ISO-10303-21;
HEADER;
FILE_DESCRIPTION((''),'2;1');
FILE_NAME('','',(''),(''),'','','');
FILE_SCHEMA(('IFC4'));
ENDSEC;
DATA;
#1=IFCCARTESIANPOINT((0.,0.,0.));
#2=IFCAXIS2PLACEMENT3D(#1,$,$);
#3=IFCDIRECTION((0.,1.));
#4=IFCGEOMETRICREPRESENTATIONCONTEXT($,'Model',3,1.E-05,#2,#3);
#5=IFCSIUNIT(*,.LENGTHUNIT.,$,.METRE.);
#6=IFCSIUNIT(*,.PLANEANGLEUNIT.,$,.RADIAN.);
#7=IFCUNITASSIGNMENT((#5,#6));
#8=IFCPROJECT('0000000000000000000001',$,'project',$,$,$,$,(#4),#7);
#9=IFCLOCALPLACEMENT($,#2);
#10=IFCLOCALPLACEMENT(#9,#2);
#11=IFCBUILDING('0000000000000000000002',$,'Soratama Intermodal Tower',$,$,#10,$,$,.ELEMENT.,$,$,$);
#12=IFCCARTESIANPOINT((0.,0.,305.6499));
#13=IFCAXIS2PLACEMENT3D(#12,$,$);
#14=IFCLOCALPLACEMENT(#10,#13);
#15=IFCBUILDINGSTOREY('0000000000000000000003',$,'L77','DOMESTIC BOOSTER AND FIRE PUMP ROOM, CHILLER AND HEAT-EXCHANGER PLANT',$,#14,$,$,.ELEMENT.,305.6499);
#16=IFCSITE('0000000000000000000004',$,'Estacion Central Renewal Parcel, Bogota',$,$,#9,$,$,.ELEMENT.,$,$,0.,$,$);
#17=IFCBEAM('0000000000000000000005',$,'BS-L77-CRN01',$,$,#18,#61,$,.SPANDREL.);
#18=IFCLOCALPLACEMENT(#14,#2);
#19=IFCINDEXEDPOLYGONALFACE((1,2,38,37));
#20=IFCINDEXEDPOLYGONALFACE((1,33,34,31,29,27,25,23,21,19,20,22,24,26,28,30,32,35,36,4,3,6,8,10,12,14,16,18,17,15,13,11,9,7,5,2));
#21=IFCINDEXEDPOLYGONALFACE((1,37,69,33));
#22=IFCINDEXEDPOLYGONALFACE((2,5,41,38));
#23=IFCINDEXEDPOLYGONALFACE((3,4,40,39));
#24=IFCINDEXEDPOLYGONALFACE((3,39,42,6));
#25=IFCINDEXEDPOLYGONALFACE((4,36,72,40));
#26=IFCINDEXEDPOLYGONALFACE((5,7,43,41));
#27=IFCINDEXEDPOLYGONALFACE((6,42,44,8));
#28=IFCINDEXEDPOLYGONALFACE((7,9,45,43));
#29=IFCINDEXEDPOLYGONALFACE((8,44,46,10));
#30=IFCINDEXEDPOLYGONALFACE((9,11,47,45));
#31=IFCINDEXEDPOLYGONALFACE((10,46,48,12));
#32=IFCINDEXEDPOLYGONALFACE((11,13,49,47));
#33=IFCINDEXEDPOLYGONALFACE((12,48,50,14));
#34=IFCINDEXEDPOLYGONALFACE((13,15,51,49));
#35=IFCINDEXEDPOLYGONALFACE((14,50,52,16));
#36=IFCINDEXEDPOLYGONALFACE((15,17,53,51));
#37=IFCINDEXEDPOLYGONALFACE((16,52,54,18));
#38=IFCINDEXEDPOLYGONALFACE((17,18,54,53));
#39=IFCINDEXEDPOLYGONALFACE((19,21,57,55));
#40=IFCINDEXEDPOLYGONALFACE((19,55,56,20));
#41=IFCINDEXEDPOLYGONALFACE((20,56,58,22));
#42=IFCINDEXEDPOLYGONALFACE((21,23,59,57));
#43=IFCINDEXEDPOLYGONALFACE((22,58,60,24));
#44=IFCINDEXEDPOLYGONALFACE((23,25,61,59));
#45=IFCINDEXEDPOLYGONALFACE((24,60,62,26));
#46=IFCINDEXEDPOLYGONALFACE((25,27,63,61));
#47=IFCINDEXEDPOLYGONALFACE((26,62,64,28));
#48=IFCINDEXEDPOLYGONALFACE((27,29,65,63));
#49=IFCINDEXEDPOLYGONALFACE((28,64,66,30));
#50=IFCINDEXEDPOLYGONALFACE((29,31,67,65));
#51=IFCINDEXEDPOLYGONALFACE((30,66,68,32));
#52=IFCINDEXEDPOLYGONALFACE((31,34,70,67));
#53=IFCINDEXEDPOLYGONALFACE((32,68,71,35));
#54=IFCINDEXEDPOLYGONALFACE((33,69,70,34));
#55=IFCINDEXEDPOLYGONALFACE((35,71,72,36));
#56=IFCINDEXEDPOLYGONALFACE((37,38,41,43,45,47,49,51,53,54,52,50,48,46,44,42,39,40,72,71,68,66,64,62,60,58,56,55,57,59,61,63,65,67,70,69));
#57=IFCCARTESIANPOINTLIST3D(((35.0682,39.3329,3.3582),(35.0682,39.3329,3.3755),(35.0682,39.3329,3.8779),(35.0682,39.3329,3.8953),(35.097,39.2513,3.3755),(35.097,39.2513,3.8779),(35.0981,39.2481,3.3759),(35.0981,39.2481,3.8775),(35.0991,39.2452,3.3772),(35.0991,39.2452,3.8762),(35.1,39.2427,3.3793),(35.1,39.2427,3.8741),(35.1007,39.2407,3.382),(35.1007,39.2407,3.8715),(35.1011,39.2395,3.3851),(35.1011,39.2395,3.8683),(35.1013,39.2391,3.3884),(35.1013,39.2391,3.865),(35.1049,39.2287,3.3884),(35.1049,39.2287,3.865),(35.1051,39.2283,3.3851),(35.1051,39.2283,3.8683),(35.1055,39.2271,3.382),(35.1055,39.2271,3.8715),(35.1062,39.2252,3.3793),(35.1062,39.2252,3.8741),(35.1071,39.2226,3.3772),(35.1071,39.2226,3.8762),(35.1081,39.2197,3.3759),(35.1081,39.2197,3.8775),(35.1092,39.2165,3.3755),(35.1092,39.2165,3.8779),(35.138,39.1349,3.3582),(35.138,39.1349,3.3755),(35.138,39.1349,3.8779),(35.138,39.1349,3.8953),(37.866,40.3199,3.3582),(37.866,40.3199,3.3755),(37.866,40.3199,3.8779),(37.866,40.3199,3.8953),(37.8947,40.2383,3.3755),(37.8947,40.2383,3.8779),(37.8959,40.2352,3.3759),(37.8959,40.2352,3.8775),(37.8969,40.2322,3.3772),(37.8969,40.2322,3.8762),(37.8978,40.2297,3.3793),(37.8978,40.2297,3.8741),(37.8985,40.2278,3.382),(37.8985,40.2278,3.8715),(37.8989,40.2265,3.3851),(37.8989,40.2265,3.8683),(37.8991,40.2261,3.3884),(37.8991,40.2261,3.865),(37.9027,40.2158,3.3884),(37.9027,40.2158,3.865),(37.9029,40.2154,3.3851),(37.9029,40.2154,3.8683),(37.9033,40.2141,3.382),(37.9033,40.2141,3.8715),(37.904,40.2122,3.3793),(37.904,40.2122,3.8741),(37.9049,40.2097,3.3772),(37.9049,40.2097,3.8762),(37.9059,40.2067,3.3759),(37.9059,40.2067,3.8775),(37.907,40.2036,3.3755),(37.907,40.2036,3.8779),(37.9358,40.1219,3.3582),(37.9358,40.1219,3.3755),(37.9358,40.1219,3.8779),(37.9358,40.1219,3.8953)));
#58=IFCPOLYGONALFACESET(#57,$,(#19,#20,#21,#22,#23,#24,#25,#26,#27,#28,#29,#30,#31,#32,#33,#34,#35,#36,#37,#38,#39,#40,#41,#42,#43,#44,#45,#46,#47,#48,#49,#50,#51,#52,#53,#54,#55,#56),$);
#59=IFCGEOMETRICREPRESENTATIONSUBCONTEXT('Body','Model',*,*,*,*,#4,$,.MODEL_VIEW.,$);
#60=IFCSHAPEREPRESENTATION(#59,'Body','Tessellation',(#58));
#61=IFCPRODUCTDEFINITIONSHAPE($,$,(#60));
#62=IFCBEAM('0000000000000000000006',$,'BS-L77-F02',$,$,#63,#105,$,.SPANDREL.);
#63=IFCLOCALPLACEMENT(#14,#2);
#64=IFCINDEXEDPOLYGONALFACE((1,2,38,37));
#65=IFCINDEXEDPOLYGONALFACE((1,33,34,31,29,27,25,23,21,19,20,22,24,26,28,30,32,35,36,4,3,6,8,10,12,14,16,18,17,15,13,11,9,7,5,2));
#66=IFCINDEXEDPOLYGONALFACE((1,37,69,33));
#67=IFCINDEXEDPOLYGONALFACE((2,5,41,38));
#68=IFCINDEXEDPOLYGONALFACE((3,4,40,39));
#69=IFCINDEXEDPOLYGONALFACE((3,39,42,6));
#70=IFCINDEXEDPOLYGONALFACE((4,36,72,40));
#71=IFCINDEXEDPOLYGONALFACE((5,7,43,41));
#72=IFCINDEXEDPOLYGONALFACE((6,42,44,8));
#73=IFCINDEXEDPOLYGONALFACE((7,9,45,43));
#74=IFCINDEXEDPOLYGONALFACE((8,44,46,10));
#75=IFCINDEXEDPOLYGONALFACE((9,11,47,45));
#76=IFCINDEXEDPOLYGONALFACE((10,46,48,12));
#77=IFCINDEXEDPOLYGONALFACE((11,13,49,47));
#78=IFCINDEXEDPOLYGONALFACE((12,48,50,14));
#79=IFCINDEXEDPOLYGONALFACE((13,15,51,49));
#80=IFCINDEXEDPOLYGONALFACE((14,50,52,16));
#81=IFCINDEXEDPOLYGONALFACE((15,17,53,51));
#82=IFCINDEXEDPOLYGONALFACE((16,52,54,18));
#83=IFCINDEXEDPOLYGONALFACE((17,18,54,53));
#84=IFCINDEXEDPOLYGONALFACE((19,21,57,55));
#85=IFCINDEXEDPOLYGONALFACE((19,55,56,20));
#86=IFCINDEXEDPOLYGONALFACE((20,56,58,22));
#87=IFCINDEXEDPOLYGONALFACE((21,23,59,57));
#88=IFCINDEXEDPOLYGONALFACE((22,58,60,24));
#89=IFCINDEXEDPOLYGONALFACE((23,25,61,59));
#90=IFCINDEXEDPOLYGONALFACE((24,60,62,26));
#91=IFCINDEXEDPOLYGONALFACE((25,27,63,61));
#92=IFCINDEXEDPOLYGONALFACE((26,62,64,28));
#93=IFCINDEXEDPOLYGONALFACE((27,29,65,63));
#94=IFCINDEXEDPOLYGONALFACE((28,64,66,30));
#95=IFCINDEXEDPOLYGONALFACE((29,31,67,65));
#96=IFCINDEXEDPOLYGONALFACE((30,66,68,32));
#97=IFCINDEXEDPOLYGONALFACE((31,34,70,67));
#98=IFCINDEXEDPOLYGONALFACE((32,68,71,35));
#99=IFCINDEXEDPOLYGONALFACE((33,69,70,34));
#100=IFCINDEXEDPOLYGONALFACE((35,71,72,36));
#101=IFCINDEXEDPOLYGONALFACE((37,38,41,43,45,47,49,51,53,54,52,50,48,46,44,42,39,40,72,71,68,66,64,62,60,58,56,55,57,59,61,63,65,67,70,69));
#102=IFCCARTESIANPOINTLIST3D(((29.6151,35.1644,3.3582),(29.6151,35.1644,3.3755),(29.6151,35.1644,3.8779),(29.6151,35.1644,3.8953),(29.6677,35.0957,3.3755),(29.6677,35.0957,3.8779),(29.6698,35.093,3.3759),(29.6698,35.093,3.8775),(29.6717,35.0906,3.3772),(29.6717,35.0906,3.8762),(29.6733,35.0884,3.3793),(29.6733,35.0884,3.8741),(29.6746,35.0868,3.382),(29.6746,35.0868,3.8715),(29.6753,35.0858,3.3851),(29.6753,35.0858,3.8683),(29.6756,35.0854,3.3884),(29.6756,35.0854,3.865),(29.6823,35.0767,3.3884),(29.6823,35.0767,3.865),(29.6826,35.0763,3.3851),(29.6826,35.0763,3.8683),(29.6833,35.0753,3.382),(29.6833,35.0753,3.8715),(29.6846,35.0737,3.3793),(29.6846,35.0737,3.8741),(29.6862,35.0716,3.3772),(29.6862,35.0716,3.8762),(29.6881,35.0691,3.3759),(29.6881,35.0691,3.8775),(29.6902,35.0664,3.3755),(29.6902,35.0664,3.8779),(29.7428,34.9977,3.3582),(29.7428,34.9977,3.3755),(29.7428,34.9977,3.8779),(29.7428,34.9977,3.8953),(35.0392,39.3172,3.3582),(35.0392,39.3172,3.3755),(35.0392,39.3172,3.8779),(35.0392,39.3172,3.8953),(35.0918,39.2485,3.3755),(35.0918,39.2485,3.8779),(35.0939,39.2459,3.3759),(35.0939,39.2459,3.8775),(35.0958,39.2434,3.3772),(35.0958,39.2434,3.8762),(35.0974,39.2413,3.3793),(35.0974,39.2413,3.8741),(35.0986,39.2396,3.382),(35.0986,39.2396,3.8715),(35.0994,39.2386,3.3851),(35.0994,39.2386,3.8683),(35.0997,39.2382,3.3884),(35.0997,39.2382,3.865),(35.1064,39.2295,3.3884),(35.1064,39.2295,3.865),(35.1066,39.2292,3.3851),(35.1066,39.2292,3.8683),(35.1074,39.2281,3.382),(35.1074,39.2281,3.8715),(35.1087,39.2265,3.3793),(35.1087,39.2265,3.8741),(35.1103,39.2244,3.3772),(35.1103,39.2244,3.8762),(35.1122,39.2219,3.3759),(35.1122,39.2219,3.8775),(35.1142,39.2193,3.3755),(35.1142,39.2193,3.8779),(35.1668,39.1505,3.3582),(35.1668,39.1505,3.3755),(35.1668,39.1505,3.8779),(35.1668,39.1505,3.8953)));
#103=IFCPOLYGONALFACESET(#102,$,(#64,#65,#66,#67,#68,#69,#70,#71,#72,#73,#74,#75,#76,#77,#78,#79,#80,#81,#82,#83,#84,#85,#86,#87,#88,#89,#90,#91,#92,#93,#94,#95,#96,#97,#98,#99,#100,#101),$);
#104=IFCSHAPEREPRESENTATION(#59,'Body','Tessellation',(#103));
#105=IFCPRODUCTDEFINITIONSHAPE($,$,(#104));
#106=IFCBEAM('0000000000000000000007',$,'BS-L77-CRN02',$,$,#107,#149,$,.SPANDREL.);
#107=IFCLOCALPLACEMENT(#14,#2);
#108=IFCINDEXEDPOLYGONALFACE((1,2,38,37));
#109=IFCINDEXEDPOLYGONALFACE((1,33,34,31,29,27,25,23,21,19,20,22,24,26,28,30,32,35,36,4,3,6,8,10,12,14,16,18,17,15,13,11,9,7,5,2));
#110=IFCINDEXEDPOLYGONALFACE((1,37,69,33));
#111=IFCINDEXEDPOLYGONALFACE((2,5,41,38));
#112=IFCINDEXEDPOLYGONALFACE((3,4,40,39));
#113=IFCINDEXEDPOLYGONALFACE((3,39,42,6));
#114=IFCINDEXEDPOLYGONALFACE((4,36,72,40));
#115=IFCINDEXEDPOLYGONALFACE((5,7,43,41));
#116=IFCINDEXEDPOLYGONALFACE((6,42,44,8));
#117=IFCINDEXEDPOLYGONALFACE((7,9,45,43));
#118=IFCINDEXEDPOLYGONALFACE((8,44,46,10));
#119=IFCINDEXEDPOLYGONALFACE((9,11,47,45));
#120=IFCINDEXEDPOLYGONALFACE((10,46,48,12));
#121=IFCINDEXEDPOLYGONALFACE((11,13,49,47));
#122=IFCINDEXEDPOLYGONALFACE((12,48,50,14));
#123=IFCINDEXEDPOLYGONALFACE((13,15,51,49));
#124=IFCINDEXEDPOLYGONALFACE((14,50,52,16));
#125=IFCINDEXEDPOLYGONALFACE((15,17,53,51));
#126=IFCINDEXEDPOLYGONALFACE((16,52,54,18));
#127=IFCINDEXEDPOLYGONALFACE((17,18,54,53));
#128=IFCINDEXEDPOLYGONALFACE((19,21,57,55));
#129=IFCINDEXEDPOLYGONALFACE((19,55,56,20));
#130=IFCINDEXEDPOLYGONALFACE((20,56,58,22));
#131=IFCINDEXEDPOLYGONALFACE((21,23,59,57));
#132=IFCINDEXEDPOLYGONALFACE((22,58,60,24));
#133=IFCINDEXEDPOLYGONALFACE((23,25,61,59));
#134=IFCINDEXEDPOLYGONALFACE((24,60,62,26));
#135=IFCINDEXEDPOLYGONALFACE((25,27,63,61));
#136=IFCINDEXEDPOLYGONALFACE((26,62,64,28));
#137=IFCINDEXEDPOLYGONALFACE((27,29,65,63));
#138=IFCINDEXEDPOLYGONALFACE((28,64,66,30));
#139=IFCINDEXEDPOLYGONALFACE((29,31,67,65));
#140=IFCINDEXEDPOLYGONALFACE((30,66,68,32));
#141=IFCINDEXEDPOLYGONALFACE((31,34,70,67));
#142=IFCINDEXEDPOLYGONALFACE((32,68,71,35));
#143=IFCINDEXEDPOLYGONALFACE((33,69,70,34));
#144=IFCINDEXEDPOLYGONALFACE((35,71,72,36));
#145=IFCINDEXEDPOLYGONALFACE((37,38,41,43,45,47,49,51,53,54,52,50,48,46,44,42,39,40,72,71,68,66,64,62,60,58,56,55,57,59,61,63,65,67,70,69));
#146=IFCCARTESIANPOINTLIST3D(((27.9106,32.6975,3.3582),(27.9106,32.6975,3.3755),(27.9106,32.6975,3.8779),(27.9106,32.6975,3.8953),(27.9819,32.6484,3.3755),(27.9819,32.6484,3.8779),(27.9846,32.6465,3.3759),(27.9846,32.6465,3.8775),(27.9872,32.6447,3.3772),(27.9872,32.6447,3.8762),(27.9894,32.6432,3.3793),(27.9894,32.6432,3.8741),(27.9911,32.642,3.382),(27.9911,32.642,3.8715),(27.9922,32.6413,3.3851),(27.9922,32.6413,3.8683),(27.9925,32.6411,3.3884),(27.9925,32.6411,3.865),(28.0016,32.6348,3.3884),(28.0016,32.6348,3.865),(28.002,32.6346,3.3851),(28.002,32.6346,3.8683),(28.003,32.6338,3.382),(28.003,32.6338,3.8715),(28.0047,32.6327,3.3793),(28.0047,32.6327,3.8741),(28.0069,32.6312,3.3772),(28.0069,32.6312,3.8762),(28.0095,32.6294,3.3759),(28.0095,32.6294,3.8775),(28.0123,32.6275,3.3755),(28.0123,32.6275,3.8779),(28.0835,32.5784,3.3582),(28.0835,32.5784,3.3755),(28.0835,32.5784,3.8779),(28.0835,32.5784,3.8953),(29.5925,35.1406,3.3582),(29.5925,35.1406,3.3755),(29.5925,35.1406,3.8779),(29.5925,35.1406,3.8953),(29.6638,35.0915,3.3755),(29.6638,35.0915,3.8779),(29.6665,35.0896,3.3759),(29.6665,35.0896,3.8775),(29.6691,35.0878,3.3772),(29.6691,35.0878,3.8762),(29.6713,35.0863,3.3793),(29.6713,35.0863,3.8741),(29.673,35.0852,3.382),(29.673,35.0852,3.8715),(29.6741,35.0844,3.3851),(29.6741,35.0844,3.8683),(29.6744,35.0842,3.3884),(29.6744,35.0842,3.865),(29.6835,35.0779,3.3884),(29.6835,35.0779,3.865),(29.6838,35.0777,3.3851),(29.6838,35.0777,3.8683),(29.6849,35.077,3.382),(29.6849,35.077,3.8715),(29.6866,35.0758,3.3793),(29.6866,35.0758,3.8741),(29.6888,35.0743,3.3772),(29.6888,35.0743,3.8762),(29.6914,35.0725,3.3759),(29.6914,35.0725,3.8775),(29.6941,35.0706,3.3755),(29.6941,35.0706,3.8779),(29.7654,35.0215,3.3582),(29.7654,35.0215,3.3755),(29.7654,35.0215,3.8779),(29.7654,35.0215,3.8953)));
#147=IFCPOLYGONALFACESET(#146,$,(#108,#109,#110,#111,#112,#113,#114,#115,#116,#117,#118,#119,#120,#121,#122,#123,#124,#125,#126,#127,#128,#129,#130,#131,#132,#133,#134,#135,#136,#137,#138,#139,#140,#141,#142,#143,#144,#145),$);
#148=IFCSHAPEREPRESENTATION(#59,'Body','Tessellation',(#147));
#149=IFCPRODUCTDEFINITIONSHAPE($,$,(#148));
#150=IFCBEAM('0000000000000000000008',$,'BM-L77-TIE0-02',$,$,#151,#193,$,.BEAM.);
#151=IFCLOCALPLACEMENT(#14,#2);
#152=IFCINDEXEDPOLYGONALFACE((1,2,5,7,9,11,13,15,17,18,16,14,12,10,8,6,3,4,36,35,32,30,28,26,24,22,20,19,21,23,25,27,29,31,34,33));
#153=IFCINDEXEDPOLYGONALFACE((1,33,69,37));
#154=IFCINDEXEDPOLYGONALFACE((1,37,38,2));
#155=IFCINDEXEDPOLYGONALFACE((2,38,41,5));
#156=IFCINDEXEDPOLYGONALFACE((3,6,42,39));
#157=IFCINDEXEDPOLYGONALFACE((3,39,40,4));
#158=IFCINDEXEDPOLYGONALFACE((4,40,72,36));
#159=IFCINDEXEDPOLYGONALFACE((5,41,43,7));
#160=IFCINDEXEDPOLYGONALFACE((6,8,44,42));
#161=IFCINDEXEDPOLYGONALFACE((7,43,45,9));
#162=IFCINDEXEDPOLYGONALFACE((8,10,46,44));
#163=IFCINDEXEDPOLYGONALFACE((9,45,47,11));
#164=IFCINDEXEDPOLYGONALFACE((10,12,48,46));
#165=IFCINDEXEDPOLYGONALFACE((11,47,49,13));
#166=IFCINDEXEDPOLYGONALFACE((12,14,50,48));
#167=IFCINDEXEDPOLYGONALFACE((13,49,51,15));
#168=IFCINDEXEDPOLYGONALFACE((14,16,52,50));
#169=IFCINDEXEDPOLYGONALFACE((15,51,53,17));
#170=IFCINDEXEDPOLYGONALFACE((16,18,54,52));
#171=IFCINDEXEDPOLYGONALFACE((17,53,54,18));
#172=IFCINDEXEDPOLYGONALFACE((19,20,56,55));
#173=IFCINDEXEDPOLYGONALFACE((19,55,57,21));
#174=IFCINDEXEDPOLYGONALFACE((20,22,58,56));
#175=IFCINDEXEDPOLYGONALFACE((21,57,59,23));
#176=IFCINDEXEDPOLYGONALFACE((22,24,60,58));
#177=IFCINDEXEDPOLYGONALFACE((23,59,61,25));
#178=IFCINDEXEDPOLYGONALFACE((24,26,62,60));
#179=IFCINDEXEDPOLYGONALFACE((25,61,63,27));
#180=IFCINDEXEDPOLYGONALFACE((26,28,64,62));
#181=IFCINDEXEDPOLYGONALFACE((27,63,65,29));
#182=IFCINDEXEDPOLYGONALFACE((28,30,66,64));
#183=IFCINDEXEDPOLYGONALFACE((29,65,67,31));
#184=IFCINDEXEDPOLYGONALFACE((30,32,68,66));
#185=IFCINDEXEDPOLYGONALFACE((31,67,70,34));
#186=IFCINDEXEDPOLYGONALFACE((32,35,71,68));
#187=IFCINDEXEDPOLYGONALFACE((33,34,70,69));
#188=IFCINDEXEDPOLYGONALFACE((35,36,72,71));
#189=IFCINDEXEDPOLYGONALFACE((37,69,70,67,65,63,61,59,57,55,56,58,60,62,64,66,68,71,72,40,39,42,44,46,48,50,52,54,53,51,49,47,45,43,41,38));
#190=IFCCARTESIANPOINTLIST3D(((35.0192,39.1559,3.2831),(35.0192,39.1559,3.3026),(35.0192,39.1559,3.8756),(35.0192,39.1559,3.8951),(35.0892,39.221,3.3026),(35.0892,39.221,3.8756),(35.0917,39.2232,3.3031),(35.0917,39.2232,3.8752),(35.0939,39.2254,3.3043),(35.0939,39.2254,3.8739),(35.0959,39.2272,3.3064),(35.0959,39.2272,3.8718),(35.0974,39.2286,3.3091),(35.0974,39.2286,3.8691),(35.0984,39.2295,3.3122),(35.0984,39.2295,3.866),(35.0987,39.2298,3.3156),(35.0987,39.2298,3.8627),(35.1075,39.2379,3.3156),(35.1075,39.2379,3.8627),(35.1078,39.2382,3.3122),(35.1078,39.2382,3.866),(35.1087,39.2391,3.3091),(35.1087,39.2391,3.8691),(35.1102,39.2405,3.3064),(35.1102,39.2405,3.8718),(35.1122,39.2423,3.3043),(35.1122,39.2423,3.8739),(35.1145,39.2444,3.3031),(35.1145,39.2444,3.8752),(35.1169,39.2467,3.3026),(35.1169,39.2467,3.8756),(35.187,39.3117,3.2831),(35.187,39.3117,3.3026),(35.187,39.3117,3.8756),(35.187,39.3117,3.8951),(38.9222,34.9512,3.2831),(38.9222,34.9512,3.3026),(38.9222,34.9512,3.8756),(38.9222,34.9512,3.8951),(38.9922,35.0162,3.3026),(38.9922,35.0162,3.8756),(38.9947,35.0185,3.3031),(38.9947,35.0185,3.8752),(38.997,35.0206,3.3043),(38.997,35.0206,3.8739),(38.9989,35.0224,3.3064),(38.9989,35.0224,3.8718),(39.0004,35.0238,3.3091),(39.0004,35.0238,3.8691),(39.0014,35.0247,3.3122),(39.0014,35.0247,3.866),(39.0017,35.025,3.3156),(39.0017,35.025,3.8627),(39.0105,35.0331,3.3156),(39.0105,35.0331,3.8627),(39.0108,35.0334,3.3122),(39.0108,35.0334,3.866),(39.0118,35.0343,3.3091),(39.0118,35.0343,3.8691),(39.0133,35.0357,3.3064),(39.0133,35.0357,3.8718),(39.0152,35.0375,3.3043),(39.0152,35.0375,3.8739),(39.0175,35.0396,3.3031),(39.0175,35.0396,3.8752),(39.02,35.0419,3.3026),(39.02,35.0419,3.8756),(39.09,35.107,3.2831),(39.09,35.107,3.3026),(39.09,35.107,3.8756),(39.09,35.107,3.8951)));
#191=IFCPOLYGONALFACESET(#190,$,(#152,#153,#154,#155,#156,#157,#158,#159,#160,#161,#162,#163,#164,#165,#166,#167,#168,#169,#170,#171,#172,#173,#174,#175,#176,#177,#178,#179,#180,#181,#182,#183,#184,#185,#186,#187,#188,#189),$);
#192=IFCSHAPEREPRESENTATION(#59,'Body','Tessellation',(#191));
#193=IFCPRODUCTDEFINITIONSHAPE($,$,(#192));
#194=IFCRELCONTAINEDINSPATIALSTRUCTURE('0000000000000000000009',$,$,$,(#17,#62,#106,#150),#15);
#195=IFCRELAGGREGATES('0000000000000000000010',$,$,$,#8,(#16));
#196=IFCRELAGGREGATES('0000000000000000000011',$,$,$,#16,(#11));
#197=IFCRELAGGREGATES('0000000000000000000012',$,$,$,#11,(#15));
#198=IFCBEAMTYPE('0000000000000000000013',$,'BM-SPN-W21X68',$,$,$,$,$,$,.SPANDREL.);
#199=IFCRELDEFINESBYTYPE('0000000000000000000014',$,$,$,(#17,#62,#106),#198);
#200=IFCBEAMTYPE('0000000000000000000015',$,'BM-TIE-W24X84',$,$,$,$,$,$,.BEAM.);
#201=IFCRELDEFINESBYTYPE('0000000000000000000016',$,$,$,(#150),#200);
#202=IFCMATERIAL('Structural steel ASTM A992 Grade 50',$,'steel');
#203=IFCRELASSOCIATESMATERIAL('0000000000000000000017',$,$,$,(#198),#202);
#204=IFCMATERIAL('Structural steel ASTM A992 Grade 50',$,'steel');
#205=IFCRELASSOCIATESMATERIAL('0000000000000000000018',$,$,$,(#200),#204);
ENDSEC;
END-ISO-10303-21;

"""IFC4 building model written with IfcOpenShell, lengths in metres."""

from ifc_helpers import new_model, si_unit, direction, frame, origin, origin_2d, place, context, subcontext, project, spatial, i_section, extrude, material, material_profile, profile_set, type_object, element, save


model = new_model("IFC4")

# Units and contexts
model_context = context("Model", 3, precision=1e-05, world=origin(), true_north=direction((0.0, 1.0)))
body_context = subcontext(model_context, "Body", "Model", "MODEL_VIEW")
ifc_project = project(units=[si_unit("LENGTHUNIT", "METRE"), si_unit("PLANEANGLEUNIT", "RADIAN")], contexts=[model_context])

# Site, building, storey
site_placement = place(None, origin())
site = spatial("IfcSite", under=ifc_project, at=site_placement, Name="Estacion Central Renewal Parcel, Bogota", CompositionType="ELEMENT", RefElevation=0.0)
building_placement = place(site_placement, origin())
building = spatial("IfcBuilding", under=site, at=building_placement, Name="Soratama Intermodal Tower", CompositionType="ELEMENT")
storey_placement = place(building_placement, frame((0.0, 0.0, 305.6499)))
storey = spatial("IfcBuildingStorey", under=building, at=storey_placement, Name="L77", Description="DOMESTIC BOOSTER AND FIRE PUMP ROOM, CHILLER AND HEAT-EXCHANGER PLANT", CompositionType="ELEMENT", Elevation=305.6499)

# Beams
ifc_material_1 = material(Name="Structural steel ASTM A992 Grade 50", Category="steel")
ifc_material_profile_1 = material_profile(ifc_material_1, i_section(OverallWidth=0.21, OverallDepth=0.5371, WebThickness=0.011, FlangeThickness=0.0173, FilletRadius=0.0129, at=origin_2d()), Name="W21X68")
ifc_profile_set_1 = profile_set([ifc_material_profile_1], Name="Structural steel ASTM A992 Grade 50")
beam_type_1 = type_object("IfcBeamType", Name="BM-SPN-W21X68", PredefinedType="SPANDREL", material=ifc_profile_set_1)
beam_1_placement = place(storey_placement, frame((37.9009, 40.2209, 3.6267), z_axis=(-0.943034, -0.332695, 0.0), x_axis=(0.332695, -0.943034, 0.0)))
element("IfcBeam", 1, at=beam_1_placement, inside=storey, type_object=beam_type_1, Name="BS-L77-CRN01", PredefinedType="SPANDREL", context=body_context, shape_type="SweptSolid", body=[
    extrude(i_section(OverallWidth=0.21, OverallDepth=0.5371, WebThickness=0.011, FlangeThickness=0.0173, FilletRadius=0.0129, at=origin_2d()), origin(), (0.0, 0.0, 1.0), 2.9668),
])
beam_2_placement = place(storey_placement, frame((35.103, 39.2339, 3.6267), z_axis=(-0.794004, -0.607913, 0.0), x_axis=(0.607913, -0.794004, 0.0)))
element("IfcBeam", 2, at=beam_2_placement, inside=storey, type_object=beam_type_1, Name="BS-L77-F02", PredefinedType="SPANDREL", context=body_context, shape_type="SweptSolid", body=[
    extrude(i_section(OverallWidth=0.21, OverallDepth=0.5371, WebThickness=0.011, FlangeThickness=0.0173, FilletRadius=0.0129, at=origin_2d()), origin(), (0.0, 0.0, 1.0), 6.8313),
])
beam_3_placement = place(storey_placement, frame((29.679, 35.0811, 3.6267), z_axis=(-0.567042, -0.823689, 0.0), x_axis=(0.823689, -0.567042, 0.0)))
element("IfcBeam", 3, at=beam_3_placement, inside=storey, type_object=beam_type_1, Name="BS-L77-CRN02", PredefinedType="SPANDREL", context=body_context, shape_type="SweptSolid", body=[
    extrude(i_section(OverallWidth=0.21, OverallDepth=0.5371, WebThickness=0.011, FlangeThickness=0.0173, FilletRadius=0.0129, at=origin_2d()), origin(), (0.0, 0.0, 1.0), 2.9661),
])
ifc_material_2 = material(Name="Structural steel ASTM A992 Grade 50", Category="steel")
ifc_material_profile_2 = material_profile(ifc_material_2, i_section(OverallWidth=0.229, OverallDepth=0.6121, WebThickness=0.012, FlangeThickness=0.0195, FilletRadius=0.0129, at=origin_2d()), Name="W24X84")
ifc_profile_set_2 = profile_set([ifc_material_profile_2], Name="Structural steel ASTM A992 Grade 50")
beam_type_2 = type_object("IfcBeamType", Name="BM-TIE-W24X84", PredefinedType="BEAM", material=ifc_profile_set_2)
beam_4_placement = place(storey_placement, frame((39.0061, 35.0291, 3.5891), z_axis=(-0.680319, 0.732916, 0.0), x_axis=(-0.732916, -0.680319, 0.0)))
element("IfcBeam", 4, at=beam_4_placement, inside=storey, type_object=beam_type_2, Name="BM-L77-TIE0-02", PredefinedType="BEAM", context=body_context, shape_type="SweptSolid", body=[
    extrude(i_section(OverallWidth=0.229, OverallDepth=0.6121, WebThickness=0.012, FlangeThickness=0.0195, FilletRadius=0.0129, at=origin_2d()), origin(), (0.0, 0.0, 1.0), 5.7371),
])

save(model, "model.ifc")
